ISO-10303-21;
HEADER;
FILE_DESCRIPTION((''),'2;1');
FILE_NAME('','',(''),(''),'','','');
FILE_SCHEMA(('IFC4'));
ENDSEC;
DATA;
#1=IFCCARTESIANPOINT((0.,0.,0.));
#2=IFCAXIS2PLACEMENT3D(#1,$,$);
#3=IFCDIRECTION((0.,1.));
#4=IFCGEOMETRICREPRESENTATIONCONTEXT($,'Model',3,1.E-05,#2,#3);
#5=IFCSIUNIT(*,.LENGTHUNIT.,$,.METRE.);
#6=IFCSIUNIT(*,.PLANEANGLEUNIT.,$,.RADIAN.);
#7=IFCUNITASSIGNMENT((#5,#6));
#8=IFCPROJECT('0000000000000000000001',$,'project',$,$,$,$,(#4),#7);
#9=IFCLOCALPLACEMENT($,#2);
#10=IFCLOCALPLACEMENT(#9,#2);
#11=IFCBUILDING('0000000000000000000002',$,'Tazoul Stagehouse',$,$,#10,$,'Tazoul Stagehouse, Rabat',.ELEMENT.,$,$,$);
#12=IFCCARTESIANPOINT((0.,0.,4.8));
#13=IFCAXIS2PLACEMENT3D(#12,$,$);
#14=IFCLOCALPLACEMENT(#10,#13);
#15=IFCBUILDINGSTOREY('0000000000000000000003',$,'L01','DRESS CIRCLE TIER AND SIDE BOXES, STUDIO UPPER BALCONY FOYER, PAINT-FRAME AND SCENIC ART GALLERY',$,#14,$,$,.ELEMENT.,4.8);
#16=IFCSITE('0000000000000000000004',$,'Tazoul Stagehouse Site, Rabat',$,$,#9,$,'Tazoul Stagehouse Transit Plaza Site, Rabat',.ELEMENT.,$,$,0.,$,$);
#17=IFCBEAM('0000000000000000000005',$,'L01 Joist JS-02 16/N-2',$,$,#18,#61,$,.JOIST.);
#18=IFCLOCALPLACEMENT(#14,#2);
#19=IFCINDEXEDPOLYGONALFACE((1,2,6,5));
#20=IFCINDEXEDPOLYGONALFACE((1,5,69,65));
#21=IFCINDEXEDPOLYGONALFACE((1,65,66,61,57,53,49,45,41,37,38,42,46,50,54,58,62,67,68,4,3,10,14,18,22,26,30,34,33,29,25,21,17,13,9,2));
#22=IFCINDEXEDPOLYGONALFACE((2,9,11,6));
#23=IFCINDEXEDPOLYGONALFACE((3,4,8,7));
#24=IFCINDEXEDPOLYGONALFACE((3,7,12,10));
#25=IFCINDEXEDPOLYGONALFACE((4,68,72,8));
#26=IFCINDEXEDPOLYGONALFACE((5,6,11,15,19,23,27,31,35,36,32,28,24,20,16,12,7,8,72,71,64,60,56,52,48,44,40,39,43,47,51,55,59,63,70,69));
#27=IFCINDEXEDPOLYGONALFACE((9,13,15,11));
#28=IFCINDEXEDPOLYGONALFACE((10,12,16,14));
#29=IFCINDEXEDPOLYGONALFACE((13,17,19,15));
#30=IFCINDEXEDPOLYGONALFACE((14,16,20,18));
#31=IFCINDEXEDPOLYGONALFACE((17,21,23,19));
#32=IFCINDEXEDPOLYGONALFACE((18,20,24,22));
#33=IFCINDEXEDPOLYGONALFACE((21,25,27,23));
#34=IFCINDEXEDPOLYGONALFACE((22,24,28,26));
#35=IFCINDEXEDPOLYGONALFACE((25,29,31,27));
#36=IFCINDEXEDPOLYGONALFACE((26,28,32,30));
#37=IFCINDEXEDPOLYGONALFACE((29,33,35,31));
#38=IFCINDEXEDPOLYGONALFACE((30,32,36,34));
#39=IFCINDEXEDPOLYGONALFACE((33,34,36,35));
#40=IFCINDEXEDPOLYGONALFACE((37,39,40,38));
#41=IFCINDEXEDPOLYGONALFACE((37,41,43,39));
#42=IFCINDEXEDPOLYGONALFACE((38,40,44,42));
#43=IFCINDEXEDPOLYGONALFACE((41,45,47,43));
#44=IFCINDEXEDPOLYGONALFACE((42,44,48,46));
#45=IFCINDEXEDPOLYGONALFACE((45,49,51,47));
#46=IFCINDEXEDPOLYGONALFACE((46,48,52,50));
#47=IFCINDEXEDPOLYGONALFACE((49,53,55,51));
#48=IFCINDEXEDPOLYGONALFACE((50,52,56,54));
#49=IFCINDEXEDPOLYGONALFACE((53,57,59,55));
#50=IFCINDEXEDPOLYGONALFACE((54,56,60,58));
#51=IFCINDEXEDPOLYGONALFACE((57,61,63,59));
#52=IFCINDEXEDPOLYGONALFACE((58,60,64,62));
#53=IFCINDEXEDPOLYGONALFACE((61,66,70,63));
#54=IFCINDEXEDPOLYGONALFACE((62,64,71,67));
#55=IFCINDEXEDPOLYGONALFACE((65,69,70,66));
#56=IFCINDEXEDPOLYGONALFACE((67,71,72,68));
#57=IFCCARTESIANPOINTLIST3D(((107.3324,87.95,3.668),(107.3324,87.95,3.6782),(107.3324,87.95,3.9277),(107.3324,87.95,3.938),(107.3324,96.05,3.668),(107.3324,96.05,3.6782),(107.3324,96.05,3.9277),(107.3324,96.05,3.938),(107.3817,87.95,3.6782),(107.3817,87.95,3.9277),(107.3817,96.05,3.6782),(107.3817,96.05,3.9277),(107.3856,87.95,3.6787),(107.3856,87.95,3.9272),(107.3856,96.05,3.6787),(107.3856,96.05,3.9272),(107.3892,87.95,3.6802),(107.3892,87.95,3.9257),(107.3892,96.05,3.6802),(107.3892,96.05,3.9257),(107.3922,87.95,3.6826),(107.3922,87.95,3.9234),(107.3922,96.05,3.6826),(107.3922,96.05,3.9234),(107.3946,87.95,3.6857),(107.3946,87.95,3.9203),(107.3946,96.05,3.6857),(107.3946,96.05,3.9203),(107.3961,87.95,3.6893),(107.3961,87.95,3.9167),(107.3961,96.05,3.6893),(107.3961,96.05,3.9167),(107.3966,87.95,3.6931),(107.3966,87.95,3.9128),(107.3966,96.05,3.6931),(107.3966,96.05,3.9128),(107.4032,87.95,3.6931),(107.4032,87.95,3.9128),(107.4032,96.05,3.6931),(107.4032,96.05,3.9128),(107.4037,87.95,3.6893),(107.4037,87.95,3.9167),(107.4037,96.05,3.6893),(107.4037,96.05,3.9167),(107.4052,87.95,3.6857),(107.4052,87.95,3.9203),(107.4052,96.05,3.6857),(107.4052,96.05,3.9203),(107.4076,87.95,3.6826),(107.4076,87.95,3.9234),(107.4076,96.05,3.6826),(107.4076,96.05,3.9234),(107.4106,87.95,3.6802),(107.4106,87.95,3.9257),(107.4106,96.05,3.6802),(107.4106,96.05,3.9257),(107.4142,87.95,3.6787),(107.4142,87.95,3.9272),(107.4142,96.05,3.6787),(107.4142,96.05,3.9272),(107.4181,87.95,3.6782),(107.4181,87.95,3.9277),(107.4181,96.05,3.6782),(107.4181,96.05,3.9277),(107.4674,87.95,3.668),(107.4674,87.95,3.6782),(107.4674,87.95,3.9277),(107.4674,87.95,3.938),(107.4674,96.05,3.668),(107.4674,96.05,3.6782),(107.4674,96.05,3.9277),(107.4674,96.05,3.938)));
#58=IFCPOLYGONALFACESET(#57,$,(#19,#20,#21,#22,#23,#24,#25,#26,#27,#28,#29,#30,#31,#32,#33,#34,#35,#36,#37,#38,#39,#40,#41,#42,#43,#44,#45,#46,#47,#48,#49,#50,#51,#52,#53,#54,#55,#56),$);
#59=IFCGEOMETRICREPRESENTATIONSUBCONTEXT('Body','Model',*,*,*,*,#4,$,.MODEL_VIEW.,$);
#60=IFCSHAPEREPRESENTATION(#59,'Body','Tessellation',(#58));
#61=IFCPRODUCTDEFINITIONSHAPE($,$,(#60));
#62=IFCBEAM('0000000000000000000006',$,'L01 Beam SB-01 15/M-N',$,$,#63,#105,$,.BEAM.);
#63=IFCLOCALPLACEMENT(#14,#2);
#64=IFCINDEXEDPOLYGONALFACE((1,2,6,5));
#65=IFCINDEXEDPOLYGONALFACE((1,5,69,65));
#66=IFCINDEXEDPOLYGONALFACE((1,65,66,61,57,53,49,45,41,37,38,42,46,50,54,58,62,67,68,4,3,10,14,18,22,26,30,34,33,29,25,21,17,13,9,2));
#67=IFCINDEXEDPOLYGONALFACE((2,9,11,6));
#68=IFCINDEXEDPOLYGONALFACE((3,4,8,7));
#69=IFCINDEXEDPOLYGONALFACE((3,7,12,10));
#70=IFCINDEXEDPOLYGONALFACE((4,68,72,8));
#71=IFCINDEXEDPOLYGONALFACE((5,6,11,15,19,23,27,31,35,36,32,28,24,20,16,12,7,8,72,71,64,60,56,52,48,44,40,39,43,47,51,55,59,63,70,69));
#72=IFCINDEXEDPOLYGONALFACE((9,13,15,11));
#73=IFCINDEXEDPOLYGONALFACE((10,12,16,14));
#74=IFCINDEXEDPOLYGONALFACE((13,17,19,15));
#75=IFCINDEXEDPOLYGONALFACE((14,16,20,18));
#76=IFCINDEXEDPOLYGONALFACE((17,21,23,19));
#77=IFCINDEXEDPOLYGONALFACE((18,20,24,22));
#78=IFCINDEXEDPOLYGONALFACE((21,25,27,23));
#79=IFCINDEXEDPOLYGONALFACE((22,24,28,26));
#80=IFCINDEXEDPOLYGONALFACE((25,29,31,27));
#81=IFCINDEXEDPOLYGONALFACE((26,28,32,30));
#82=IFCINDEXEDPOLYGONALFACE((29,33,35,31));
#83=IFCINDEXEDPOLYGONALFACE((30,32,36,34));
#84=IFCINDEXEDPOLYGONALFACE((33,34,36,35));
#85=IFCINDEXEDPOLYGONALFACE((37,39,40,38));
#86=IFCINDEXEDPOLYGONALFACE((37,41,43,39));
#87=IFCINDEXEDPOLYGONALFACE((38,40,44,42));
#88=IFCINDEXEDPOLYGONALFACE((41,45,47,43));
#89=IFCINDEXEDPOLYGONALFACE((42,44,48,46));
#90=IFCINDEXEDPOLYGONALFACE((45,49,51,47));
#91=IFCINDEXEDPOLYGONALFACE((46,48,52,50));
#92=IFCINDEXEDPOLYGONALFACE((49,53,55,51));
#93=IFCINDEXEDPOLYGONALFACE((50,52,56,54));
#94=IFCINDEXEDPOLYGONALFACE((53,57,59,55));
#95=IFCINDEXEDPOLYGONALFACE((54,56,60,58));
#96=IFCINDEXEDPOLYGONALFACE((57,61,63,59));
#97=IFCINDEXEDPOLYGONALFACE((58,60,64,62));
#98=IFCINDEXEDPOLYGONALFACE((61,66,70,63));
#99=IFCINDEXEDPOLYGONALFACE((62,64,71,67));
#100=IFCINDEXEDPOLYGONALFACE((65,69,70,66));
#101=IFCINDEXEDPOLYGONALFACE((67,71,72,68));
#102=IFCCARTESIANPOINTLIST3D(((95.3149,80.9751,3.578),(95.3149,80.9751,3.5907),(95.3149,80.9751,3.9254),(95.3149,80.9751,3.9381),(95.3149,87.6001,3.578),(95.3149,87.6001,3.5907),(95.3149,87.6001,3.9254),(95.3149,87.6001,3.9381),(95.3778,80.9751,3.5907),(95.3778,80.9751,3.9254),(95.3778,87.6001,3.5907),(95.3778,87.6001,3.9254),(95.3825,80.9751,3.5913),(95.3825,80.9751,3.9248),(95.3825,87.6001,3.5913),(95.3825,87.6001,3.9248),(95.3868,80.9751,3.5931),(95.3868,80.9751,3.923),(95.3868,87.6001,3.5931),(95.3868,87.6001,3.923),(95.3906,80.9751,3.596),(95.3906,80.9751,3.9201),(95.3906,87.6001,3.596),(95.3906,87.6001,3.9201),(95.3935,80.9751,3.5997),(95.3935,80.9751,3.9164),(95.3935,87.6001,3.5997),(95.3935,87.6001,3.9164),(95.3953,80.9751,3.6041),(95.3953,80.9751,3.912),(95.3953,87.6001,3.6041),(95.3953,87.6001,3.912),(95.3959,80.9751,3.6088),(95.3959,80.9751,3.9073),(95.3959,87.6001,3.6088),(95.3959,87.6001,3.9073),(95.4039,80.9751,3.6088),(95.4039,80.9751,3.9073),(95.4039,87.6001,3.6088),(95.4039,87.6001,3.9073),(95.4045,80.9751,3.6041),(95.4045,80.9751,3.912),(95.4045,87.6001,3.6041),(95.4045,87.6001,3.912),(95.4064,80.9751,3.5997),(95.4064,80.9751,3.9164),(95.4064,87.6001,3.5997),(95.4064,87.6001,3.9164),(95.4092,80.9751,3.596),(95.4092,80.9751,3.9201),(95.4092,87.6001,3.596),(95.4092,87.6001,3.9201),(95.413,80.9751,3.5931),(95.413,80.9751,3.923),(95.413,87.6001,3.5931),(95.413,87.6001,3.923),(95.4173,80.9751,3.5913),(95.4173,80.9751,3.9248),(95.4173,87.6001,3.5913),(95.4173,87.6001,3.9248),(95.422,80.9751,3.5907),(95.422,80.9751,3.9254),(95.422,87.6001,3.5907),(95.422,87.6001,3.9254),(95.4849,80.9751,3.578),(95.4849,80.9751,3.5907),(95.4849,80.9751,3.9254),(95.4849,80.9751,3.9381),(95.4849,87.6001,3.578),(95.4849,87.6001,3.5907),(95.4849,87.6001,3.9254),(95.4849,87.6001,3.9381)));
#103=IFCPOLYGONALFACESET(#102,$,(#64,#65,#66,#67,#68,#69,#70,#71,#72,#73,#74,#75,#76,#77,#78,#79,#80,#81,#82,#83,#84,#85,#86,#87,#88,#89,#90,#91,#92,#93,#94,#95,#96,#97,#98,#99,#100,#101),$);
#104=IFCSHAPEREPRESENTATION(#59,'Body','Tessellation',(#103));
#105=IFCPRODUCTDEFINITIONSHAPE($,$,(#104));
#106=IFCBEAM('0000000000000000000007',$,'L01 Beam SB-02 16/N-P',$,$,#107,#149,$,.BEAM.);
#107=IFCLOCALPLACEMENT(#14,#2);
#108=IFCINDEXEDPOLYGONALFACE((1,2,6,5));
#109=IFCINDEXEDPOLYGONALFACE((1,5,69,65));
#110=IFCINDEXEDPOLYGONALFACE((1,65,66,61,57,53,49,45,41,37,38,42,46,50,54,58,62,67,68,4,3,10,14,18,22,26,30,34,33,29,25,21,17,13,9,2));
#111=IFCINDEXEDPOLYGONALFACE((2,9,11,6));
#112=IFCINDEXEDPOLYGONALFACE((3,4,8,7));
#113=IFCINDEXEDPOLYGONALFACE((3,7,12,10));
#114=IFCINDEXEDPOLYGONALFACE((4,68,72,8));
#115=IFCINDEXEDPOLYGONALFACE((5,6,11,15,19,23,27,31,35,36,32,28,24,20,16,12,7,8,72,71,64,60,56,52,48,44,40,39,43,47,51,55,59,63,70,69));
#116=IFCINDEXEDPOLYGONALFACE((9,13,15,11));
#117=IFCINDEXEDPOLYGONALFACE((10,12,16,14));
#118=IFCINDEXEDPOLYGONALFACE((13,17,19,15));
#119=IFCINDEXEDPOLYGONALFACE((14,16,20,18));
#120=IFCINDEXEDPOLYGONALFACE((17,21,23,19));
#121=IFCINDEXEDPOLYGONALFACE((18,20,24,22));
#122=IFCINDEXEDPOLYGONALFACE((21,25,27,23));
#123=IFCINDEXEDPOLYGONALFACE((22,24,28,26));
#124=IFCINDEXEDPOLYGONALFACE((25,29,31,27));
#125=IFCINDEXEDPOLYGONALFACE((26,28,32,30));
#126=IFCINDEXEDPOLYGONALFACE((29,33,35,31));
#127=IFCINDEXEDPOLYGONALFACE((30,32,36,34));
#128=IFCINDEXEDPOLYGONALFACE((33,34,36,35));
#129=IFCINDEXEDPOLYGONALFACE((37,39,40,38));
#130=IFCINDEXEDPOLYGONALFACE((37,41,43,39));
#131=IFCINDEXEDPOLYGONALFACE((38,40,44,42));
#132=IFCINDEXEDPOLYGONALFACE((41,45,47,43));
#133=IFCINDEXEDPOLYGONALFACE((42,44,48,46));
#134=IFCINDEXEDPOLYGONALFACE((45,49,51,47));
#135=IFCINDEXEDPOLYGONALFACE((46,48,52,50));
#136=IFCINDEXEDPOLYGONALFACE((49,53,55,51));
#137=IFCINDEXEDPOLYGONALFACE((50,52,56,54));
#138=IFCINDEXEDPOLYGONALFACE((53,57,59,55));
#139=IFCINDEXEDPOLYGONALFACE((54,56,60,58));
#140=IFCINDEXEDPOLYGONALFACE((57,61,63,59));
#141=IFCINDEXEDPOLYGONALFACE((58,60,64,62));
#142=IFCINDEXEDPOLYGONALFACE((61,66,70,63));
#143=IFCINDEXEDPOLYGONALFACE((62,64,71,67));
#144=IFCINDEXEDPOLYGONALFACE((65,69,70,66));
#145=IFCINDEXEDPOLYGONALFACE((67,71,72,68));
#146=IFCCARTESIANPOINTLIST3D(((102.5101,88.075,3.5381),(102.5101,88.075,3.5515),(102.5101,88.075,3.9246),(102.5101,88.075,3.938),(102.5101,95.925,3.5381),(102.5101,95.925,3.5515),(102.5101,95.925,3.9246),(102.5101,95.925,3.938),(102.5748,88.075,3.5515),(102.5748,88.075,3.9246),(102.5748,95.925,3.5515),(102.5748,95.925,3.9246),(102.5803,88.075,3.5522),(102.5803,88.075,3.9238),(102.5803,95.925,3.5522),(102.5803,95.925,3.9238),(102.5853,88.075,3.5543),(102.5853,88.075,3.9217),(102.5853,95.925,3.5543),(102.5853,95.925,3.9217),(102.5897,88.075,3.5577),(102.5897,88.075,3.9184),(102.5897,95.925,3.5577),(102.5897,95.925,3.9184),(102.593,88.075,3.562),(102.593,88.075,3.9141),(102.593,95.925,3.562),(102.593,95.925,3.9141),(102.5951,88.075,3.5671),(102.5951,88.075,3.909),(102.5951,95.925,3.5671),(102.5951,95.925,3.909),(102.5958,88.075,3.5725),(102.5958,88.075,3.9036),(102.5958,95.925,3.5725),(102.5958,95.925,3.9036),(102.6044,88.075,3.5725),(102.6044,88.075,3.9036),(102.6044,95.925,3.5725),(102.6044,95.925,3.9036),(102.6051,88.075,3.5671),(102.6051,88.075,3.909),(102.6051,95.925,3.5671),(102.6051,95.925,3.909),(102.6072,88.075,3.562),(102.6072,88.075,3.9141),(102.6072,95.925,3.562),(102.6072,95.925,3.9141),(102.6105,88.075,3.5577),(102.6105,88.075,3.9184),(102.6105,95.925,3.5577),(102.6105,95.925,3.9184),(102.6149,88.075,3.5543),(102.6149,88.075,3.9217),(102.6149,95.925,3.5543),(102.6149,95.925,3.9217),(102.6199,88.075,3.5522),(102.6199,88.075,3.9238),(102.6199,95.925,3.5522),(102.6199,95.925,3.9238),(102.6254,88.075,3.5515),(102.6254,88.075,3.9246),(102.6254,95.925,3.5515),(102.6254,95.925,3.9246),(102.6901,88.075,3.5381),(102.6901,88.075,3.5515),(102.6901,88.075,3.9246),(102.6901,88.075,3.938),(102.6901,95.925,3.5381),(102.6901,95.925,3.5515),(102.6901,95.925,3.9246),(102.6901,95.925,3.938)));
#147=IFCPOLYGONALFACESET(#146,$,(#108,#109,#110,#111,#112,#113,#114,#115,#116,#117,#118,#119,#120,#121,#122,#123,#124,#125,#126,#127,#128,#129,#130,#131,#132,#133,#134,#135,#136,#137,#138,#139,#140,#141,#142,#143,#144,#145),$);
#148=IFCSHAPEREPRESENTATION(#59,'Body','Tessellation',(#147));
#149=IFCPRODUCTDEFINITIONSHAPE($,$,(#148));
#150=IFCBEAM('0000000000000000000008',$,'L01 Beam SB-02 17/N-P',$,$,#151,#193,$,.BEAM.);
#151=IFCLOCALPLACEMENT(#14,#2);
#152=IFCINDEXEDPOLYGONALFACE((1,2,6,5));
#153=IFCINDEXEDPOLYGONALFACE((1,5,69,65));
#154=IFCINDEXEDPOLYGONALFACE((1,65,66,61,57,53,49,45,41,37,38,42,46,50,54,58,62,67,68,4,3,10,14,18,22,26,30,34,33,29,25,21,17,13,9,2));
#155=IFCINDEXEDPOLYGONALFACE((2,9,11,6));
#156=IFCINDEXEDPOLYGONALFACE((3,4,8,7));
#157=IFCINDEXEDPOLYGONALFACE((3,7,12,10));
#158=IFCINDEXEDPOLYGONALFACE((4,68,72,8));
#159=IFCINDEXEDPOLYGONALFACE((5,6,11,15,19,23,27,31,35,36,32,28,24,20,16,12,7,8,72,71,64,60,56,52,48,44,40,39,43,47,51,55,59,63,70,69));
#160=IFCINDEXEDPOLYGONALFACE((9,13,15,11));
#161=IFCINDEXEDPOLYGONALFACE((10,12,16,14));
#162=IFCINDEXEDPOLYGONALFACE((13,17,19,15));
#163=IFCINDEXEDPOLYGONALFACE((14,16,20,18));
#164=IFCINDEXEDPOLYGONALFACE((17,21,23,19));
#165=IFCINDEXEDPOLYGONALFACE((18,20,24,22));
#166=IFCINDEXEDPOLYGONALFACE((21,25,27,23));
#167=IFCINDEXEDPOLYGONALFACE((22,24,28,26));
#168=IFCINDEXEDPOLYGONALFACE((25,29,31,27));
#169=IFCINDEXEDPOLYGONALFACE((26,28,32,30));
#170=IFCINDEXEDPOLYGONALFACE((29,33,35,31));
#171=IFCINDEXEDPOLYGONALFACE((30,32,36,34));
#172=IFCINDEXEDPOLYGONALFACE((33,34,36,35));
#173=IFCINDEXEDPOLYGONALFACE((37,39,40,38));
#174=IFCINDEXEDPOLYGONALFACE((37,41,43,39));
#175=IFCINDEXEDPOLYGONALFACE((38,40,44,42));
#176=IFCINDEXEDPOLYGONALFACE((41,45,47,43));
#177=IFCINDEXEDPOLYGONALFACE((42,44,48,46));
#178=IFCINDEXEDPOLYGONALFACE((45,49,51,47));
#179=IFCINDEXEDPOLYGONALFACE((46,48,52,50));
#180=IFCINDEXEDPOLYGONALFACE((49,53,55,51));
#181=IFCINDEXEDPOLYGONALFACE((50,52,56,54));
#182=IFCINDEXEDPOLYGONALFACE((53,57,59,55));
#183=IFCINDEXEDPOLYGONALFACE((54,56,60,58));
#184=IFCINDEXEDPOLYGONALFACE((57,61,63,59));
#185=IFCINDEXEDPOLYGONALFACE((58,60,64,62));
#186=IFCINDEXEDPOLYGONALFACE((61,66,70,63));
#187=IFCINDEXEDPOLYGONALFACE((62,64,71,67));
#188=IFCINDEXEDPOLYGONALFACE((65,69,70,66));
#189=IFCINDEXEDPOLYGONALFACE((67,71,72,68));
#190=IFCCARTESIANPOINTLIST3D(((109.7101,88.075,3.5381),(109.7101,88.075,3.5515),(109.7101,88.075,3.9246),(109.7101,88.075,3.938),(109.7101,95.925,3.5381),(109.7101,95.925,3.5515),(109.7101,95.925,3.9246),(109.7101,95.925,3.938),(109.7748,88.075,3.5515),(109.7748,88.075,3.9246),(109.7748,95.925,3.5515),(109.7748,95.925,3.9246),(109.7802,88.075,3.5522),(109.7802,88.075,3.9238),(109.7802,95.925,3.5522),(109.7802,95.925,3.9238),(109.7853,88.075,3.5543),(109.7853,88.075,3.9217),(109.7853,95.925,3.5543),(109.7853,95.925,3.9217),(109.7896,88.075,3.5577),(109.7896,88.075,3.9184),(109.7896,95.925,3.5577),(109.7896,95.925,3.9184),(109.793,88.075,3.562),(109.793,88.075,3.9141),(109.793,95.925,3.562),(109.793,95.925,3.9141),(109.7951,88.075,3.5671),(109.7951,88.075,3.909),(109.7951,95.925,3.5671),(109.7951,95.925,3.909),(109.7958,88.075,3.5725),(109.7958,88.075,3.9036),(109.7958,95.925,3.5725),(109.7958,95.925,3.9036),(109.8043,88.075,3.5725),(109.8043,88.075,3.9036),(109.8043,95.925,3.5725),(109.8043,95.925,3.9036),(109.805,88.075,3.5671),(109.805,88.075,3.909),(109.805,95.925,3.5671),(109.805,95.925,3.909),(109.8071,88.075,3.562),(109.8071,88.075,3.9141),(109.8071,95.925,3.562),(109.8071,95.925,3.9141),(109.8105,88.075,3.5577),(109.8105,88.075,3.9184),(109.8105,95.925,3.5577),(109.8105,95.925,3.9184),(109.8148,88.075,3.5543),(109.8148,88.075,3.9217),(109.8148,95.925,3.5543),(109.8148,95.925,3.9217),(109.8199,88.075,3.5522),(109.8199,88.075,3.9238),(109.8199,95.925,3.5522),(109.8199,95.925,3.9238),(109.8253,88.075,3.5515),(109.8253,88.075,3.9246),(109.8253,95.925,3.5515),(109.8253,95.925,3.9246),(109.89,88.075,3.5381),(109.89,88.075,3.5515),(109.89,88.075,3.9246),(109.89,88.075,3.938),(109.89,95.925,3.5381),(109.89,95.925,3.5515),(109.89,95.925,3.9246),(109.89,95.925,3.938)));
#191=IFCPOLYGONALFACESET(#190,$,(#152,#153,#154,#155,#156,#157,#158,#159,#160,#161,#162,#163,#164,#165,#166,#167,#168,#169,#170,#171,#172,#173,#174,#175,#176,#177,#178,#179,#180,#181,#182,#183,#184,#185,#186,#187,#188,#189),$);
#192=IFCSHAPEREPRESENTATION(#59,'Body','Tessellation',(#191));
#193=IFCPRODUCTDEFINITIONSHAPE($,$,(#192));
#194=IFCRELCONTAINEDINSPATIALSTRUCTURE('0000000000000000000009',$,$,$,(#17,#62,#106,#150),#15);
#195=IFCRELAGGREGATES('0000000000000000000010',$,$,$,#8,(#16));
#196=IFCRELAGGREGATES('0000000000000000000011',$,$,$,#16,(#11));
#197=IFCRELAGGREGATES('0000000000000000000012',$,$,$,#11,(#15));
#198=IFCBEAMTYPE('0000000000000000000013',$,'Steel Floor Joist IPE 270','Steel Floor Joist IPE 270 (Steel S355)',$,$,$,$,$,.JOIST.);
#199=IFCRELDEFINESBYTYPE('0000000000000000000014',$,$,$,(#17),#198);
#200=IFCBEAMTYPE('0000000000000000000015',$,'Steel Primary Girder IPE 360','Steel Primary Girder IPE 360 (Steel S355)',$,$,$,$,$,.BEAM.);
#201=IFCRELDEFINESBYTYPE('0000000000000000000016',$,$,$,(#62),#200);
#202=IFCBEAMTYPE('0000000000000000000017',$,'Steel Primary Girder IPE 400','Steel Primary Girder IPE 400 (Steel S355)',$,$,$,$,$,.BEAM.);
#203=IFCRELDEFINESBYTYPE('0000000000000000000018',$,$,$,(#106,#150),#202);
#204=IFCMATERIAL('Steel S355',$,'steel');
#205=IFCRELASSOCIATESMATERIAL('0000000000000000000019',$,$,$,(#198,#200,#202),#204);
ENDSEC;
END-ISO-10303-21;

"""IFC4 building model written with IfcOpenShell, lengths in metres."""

from ifc_helpers import new_model, si_unit, direction, frame, origin, origin_2d, place, context, subcontext, project, spatial, i_section, extrude, material, material_profile, profile_set, type_object, element, save


model = new_model("IFC4")

# Units and contexts
model_context = context("Model", 3, precision=1e-05, world=origin(), true_north=direction((0.0, 1.0)))
body_context = subcontext(model_context, "Body", "Model", "MODEL_VIEW")
ifc_project = project(units=[si_unit("LENGTHUNIT", "METRE"), si_unit("PLANEANGLEUNIT", "RADIAN")], contexts=[model_context])

# Site, building, storey
site_placement = place(None, origin())
site = spatial("IfcSite", under=ifc_project, at=site_placement, Name="Tazoul Stagehouse Site, Rabat", LongName="Tazoul Stagehouse Transit Plaza Site, Rabat", CompositionType="ELEMENT", RefElevation=0.0)
building_placement = place(site_placement, origin())
building = spatial("IfcBuilding", under=site, at=building_placement, Name="Tazoul Stagehouse", LongName="Tazoul Stagehouse, Rabat", CompositionType="ELEMENT")
storey_placement = place(building_placement, frame((0.0, 0.0, 4.8)))
storey = spatial("IfcBuildingStorey", under=building, at=storey_placement, Name="L01", Description="DRESS CIRCLE TIER AND SIDE BOXES, STUDIO UPPER BALCONY FOYER, PAINT-FRAME AND SCENIC ART GALLERY", CompositionType="ELEMENT", Elevation=4.8)

# Shared definitions
ifc_material_1 = material(Name="Steel S355", Category="steel")

# Beams
ifc_material_profile_1 = material_profile(ifc_material_1, i_section(OverallWidth=0.135, OverallDepth=0.27, WebThickness=0.0066, FlangeThickness=0.0103, FilletRadius=0.0149, at=origin_2d()), Name="IPE 270")
ifc_profile_set_1 = profile_set([ifc_material_profile_1], Name="Steel S355")
beam_type_1 = type_object("IfcBeamType", Name="Steel Floor Joist IPE 270", Description="Steel Floor Joist IPE 270 (Steel S355)", PredefinedType="JOIST", material=ifc_profile_set_1)
for number, where, z_axis, x_axis, name in (
    (1, (107.3999, 87.95, 3.803), (0.0, 1.0, 0.0), (-1.0, 0.0, 0.0), "L01 Joist JS-02 16/N-2"),
):
    element("IfcBeam", number, at=place(storey_placement, frame(where, z_axis=z_axis, x_axis=x_axis)), inside=storey, type_object=beam_type_1, Name=name, PredefinedType="JOIST", context=body_context, shape_type="SweptSolid", body=[
        extrude(i_section(OverallWidth=0.135, OverallDepth=0.27, WebThickness=0.0066, FlangeThickness=0.0103, FilletRadius=0.0149, at=origin_2d()), origin(), (0.0, 0.0, 1.0), 8.1001),
    ])
ifc_material_profile_2 = material_profile(ifc_material_1, i_section(OverallWidth=0.1699, OverallDepth=0.3601, WebThickness=0.0081, FlangeThickness=0.0127, FilletRadius=0.0181, at=origin_2d()), Name="IPE 360")
ifc_profile_set_2 = profile_set([ifc_material_profile_2], Name="Steel S355")
beam_type_2 = type_object("IfcBeamType", Name="Steel Primary Girder IPE 360", Description="Steel Primary Girder IPE 360 (Steel S355)", PredefinedType="BEAM", material=ifc_profile_set_2)
beam_1_placement = place(storey_placement, frame((95.3999, 80.9751, 3.7581), z_axis=(0.0, 1.0, 0.0), x_axis=(-1.0, 0.0, 0.0)))
element("IfcBeam", 2, at=beam_1_placement, inside=storey, type_object=beam_type_2, Name="L01 Beam SB-01 15/M-N", PredefinedType="BEAM", context=body_context, shape_type="SweptSolid", body=[
    extrude(i_section(OverallWidth=0.1699, OverallDepth=0.3601, WebThickness=0.0081, FlangeThickness=0.0127, FilletRadius=0.0181, at=origin_2d()), origin(), (0.0, 0.0, 1.0), 6.625),
])
ifc_material_profile_3 = material_profile(ifc_material_1, i_section(OverallWidth=0.1799, OverallDepth=0.3999, WebThickness=0.0085, FlangeThickness=0.0134, FilletRadius=0.021, at=origin_2d()), Name="IPE 400")
ifc_profile_set_3 = profile_set([ifc_material_profile_3], Name="Steel S355")
beam_type_3 = type_object("IfcBeamType", Name="Steel Primary Girder IPE 400", Description="Steel Primary Girder IPE 400 (Steel S355)", PredefinedType="BEAM", material=ifc_profile_set_3)
for number, where, z_axis, x_axis, name in (
    (3, (102.6001, 88.075, 3.738), (0.0, 1.0, 0.0), (-1.0, 0.0, 0.0), "L01 Beam SB-02 16/N-P"),
    (4, (109.8, 88.075, 3.738), (0.0, 1.0, 0.0), (-1.0, 0.0, 0.0), "L01 Beam SB-02 17/N-P"),
):
    element("IfcBeam", number, at=place(storey_placement, frame(where, z_axis=z_axis, x_axis=x_axis)), inside=storey, type_object=beam_type_3, Name=name, PredefinedType="BEAM", context=body_context, shape_type="SweptSolid", body=[
        extrude(i_section(OverallWidth=0.1799, OverallDepth=0.3999, WebThickness=0.0085, FlangeThickness=0.0134, FilletRadius=0.021, at=origin_2d()), origin(), (0.0, 0.0, 1.0), 7.8501),
    ])

save(model, "model.ifc")
